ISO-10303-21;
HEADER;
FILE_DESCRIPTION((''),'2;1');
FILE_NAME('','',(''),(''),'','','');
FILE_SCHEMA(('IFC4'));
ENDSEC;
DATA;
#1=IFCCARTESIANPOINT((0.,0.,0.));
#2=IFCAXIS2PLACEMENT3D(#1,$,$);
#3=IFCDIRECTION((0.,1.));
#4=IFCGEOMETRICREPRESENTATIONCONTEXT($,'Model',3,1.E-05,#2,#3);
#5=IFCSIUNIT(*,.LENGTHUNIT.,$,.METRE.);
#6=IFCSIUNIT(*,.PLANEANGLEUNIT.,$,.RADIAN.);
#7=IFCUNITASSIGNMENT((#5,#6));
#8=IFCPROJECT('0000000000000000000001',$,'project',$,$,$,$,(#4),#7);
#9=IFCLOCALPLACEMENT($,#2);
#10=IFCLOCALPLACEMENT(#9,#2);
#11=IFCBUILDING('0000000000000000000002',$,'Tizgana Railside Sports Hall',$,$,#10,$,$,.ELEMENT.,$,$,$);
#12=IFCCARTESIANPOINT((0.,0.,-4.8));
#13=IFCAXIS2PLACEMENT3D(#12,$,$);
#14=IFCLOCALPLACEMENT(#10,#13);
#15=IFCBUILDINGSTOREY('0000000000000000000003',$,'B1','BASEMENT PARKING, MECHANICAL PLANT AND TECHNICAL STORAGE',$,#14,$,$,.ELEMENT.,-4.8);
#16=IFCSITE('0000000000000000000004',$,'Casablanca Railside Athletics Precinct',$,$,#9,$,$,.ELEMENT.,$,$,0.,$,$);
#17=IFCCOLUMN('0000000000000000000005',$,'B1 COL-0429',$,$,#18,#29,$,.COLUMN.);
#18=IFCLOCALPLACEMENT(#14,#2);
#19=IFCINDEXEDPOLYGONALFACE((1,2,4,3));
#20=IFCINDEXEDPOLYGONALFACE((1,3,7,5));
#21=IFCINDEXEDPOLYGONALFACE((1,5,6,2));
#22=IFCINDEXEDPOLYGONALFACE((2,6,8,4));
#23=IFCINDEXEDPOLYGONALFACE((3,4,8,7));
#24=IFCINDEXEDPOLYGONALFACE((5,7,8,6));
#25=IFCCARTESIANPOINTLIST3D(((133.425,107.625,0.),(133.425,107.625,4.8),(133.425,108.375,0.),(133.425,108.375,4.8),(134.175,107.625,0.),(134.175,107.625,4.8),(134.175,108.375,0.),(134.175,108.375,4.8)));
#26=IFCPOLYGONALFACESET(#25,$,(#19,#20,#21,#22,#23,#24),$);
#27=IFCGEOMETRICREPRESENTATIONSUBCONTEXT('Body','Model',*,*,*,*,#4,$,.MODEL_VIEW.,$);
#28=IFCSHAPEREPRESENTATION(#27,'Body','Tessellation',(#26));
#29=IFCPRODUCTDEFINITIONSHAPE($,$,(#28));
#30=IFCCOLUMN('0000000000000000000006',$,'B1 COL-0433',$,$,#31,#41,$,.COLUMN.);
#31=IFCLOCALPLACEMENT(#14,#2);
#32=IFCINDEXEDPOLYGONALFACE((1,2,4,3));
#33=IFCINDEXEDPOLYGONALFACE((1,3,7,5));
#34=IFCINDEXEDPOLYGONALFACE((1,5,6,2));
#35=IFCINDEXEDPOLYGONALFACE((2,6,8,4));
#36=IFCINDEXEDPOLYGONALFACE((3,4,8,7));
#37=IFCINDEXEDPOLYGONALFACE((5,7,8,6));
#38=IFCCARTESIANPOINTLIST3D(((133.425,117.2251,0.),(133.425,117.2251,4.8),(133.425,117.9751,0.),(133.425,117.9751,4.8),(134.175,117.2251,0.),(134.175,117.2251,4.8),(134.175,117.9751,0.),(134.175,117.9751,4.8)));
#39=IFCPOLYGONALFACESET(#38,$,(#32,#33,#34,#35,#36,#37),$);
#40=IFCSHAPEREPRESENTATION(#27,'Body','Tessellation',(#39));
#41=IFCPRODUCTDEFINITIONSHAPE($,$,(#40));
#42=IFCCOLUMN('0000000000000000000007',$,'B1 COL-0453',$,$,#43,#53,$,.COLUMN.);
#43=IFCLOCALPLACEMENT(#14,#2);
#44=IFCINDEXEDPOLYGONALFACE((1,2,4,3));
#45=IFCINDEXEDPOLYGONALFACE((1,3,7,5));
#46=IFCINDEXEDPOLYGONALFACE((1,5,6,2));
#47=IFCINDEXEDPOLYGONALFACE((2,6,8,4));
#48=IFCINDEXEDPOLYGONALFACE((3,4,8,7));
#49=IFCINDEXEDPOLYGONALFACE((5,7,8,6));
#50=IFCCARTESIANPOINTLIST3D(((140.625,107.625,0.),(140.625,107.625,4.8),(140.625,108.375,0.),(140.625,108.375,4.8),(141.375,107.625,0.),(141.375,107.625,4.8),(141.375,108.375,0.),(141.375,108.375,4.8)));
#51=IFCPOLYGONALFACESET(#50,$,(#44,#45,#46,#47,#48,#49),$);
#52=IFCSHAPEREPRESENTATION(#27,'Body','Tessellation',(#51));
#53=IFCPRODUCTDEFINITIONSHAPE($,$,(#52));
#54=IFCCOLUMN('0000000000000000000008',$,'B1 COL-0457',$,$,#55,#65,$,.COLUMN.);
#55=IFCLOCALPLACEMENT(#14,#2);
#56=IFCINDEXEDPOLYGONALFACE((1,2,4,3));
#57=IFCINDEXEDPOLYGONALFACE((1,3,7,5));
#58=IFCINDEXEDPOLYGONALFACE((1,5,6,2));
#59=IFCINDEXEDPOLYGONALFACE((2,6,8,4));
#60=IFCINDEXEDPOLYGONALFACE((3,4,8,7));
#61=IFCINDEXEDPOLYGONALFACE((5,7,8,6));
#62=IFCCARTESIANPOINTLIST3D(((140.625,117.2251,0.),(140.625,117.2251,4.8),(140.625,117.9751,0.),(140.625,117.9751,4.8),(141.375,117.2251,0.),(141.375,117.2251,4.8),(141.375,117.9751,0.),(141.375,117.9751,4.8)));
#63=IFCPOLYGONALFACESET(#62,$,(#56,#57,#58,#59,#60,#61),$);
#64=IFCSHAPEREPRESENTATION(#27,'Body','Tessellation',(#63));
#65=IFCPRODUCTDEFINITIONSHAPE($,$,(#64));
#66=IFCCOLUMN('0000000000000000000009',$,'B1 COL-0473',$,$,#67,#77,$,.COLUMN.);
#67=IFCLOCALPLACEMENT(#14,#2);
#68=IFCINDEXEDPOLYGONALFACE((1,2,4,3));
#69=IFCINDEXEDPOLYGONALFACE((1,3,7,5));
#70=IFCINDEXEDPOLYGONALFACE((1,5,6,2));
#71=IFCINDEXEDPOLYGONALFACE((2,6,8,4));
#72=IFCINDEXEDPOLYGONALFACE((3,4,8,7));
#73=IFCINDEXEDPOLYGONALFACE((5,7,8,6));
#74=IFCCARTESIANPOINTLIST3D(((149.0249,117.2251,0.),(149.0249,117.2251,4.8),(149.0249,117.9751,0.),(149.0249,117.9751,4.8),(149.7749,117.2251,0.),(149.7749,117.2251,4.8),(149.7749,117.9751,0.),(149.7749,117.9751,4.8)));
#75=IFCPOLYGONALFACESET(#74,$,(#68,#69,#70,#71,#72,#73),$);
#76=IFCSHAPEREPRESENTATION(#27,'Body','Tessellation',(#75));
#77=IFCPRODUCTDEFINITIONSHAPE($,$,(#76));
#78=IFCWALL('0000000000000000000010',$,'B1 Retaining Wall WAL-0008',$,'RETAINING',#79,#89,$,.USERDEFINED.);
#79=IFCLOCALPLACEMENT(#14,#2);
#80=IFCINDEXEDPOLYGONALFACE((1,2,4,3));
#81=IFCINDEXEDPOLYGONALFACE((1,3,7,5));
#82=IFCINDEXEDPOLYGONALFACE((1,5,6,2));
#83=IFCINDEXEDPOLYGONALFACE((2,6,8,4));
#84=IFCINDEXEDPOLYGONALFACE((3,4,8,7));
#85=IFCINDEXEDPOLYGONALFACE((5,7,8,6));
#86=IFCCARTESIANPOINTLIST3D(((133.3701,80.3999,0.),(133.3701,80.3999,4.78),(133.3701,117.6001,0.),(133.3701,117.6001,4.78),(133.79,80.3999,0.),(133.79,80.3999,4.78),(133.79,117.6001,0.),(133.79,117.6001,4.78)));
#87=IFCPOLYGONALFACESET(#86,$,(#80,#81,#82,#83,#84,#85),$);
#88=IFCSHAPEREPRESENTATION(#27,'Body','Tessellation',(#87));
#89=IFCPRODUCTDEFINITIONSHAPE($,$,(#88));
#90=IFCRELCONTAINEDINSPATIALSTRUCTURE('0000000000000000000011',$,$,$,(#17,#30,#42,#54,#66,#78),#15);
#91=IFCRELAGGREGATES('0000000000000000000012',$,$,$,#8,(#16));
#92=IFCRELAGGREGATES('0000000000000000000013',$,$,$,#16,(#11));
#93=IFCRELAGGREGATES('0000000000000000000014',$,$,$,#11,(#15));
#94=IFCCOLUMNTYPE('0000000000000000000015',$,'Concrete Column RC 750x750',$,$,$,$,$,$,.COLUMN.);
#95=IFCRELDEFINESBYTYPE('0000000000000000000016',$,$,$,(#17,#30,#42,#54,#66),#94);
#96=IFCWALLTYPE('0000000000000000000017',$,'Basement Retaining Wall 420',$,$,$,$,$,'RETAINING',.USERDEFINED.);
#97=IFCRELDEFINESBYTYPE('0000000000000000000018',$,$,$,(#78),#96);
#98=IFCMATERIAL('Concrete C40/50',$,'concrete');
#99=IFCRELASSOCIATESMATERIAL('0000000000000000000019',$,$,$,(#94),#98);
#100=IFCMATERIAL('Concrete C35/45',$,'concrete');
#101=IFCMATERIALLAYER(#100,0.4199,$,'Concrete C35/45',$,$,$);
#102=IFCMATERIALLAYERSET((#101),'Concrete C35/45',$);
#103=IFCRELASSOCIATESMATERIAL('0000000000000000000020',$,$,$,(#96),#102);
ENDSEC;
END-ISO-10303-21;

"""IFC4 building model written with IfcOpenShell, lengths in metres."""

from ifc_helpers import new_model, si_unit, direction, frame, frame_2d, origin, origin_2d, place, context, subcontext, project, spatial, rectangle, extrude, material, layer, layer_set, material_profile, profile_set, type_object, element, save


model = new_model("IFC4")

# Units and contexts
model_context = context("Model", 3, precision=1e-05, world=origin(), true_north=direction((0.0, 1.0)))
body_context = subcontext(model_context, "Body", "Model", "MODEL_VIEW")
ifc_project = project(units=[si_unit("LENGTHUNIT", "METRE"), si_unit("PLANEANGLEUNIT", "RADIAN")], contexts=[model_context])

# Site, building, storey
site_placement = place(None, origin())
site = spatial("IfcSite", under=ifc_project, at=site_placement, Name="Casablanca Railside Athletics Precinct", CompositionType="ELEMENT", RefElevation=0.0)
building_placement = place(site_placement, origin())
building = spatial("IfcBuilding", under=site, at=building_placement, Name="Tizgana Railside Sports Hall", CompositionType="ELEMENT")
storey_placement = place(building_placement, frame((0.0, 0.0, -4.8)))
storey = spatial("IfcBuildingStorey", under=building, at=storey_placement, Name="B1", Description="BASEMENT PARKING, MECHANICAL PLANT AND TECHNICAL STORAGE", CompositionType="ELEMENT", Elevation=-4.8)

# Shared definitions
ifc_material_1 = material(Name="Concrete C35/45", Category="concrete")

# Columns
ifc_material_2 = material(Name="Concrete C40/50", Category="concrete")
ifc_material_profile_1 = material_profile(ifc_material_2, rectangle(XDim=0.75, YDim=0.75, at=origin_2d()), Name="RC 750x750")
ifc_profile_set_1 = profile_set([ifc_material_profile_1], Name="Concrete C40/50")
column_type = type_object("IfcColumnType", Name="Concrete Column RC 750x750", PredefinedType="COLUMN", material=ifc_profile_set_1)
for number, where, z_axis, x_axis, name in (
    (1, (133.8, 108.0, 0.0), (0.0, 0.0, 1.0), (1.0, 0.0, 0.0), "B1 COL-0429"),
    (2, (133.8, 117.6001, 0.0), (0.0, 0.0, 1.0), (1.0, 0.0, 0.0), "B1 COL-0433"),
    (3, (141.0, 108.0, 0.0), (0.0, 0.0, 1.0), (1.0, 0.0, 0.0), "B1 COL-0453"),
    (4, (141.0, 117.6001, 0.0), (0.0, 0.0, 1.0), (1.0, 0.0, 0.0), "B1 COL-0457"),
    (5, (149.3999, 117.6001, 0.0), (0.0, 0.0, 1.0), (1.0, 0.0, 0.0), "B1 COL-0473"),
):
    element("IfcColumn", number, at=place(storey_placement, frame(where, z_axis=z_axis, x_axis=x_axis)), inside=storey, type_object=column_type, Name=name, PredefinedType="COLUMN", context=body_context, shape_type="SweptSolid", body=[
        extrude(rectangle(XDim=0.75, YDim=0.75, at=origin_2d()), origin(), (0.0, 0.0, 1.0), 4.8),
    ])

# Wall
ifc_layer = layer(ifc_material_1, 0.4199, Name="Concrete C35/45")
ifc_layer_set = layer_set([ifc_layer], Name="Concrete C35/45")
wall_type = type_object("IfcWallType", Name="Basement Retaining Wall 420", ElementType="RETAINING", PredefinedType="USERDEFINED", material=ifc_layer_set)
wall_placement = place(storey_placement, frame((133.5801, 117.6001, 0.0), z_axis=(0.0, 0.0, 1.0), x_axis=(0.0, -1.0, 0.0)))
element("IfcWall", 6, at=wall_placement, inside=storey, type_object=wall_type, Name="B1 Retaining Wall WAL-0008", ObjectType="RETAINING", PredefinedType="USERDEFINED", context=body_context, shape_type="SweptSolid", body=[
    extrude(rectangle(XDim=37.2002, YDim=0.4199, at=frame_2d((18.6001, 0.0))), origin(), (0.0, 0.0, 1.0), 4.78),
])

save(model, "model.ifc")
